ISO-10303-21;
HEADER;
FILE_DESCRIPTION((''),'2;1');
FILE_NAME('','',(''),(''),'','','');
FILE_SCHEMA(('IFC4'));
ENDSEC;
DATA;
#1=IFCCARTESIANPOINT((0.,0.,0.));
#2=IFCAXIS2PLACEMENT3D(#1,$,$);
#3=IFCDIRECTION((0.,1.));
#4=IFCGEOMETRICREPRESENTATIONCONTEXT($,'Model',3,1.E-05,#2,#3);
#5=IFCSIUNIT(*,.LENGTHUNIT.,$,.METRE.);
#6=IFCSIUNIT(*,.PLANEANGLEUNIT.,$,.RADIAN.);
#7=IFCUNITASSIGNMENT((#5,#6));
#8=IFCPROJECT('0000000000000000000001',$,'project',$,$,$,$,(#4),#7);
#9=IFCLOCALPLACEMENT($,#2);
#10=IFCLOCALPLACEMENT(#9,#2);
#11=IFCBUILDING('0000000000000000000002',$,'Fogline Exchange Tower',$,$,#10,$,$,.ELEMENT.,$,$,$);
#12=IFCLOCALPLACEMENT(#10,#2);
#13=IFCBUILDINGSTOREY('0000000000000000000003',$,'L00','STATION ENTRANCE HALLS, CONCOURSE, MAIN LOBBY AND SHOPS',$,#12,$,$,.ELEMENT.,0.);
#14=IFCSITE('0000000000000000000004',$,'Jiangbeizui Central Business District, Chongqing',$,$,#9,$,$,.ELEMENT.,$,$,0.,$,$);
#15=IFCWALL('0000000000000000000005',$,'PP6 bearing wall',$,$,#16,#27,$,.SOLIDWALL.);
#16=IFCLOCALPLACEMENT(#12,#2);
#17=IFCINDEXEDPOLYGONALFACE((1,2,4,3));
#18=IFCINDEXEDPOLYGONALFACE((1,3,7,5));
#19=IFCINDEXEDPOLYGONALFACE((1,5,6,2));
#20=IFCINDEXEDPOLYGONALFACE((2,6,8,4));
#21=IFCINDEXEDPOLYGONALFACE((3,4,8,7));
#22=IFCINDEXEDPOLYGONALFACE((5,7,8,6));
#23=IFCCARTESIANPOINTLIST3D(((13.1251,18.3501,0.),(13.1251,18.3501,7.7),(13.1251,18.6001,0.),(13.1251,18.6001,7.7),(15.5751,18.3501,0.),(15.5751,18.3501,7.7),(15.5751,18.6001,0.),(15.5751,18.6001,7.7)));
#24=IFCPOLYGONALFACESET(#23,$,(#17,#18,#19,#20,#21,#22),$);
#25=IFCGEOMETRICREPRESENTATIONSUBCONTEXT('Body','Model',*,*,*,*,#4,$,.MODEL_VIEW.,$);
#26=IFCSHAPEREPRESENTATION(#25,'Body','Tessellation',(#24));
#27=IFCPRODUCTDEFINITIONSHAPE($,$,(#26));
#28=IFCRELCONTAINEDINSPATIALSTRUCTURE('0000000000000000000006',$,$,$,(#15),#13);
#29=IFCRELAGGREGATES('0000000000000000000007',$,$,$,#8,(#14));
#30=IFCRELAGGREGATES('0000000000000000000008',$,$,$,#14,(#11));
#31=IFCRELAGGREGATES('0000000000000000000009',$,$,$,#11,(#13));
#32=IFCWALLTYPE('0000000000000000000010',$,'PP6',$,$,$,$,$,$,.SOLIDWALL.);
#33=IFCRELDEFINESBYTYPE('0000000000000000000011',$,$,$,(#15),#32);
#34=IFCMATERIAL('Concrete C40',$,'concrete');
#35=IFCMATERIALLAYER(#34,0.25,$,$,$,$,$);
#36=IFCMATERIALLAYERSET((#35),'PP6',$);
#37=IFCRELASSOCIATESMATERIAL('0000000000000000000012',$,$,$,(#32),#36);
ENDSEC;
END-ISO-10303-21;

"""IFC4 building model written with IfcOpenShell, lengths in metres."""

from ifc_helpers import new_model, si_unit, direction, frame, frame_2d, origin, place, context, subcontext, project, spatial, rectangle, extrude, material, layer, layer_set, type_object, element, save


model = new_model("IFC4")

# Units and contexts
model_context = context("Model", 3, precision=1e-05, world=origin(), true_north=direction((0.0, 1.0)))
body_context = subcontext(model_context, "Body", "Model", "MODEL_VIEW")
ifc_project = project(units=[si_unit("LENGTHUNIT", "METRE"), si_unit("PLANEANGLEUNIT", "RADIAN")], contexts=[model_context])

# Site, building, storey
site_placement = place(None, origin())
site = spatial("IfcSite", under=ifc_project, at=site_placement, Name="Jiangbeizui Central Business District, Chongqing", CompositionType="ELEMENT", RefElevation=0.0)
building_placement = place(site_placement, origin())
building = spatial("IfcBuilding", under=site, at=building_placement, Name="Fogline Exchange Tower", CompositionType="ELEMENT")
storey_placement = place(building_placement, origin())
storey = spatial("IfcBuildingStorey", under=building, at=storey_placement, Name="L00", Description="STATION ENTRANCE HALLS, CONCOURSE, MAIN LOBBY AND SHOPS", CompositionType="ELEMENT", Elevation=0.0)

# Shared definitions
ifc_material_1 = material(Name="Concrete C40", Category="concrete")

# Wall
ifc_layer_1 = layer(ifc_material_1, 0.25)
ifc_layer_set_1 = layer_set([ifc_layer_1], Name="PP6")
wall_type_1 = type_object("IfcWallType", Name="PP6", PredefinedType="SOLIDWALL", material=ifc_layer_set_1)
wall_1_placement = place(storey_placement, frame((13.125, 18.4751, 0.0), z_axis=(0.0, 0.0, 1.0), x_axis=(1.0, 0.0, 0.0)))
element("IfcWall", 1, at=wall_1_placement, inside=storey, type_object=wall_type_1, Name="PP6 bearing wall", PredefinedType="SOLIDWALL", context=body_context, shape_type="SweptSolid", body=[
    extrude(rectangle(XDim=2.45, YDim=0.25, at=frame_2d((1.2251, 0.0))), origin(), (0.0, 0.0, 1.0), 7.7),
])

save(model, "model.ifc")
